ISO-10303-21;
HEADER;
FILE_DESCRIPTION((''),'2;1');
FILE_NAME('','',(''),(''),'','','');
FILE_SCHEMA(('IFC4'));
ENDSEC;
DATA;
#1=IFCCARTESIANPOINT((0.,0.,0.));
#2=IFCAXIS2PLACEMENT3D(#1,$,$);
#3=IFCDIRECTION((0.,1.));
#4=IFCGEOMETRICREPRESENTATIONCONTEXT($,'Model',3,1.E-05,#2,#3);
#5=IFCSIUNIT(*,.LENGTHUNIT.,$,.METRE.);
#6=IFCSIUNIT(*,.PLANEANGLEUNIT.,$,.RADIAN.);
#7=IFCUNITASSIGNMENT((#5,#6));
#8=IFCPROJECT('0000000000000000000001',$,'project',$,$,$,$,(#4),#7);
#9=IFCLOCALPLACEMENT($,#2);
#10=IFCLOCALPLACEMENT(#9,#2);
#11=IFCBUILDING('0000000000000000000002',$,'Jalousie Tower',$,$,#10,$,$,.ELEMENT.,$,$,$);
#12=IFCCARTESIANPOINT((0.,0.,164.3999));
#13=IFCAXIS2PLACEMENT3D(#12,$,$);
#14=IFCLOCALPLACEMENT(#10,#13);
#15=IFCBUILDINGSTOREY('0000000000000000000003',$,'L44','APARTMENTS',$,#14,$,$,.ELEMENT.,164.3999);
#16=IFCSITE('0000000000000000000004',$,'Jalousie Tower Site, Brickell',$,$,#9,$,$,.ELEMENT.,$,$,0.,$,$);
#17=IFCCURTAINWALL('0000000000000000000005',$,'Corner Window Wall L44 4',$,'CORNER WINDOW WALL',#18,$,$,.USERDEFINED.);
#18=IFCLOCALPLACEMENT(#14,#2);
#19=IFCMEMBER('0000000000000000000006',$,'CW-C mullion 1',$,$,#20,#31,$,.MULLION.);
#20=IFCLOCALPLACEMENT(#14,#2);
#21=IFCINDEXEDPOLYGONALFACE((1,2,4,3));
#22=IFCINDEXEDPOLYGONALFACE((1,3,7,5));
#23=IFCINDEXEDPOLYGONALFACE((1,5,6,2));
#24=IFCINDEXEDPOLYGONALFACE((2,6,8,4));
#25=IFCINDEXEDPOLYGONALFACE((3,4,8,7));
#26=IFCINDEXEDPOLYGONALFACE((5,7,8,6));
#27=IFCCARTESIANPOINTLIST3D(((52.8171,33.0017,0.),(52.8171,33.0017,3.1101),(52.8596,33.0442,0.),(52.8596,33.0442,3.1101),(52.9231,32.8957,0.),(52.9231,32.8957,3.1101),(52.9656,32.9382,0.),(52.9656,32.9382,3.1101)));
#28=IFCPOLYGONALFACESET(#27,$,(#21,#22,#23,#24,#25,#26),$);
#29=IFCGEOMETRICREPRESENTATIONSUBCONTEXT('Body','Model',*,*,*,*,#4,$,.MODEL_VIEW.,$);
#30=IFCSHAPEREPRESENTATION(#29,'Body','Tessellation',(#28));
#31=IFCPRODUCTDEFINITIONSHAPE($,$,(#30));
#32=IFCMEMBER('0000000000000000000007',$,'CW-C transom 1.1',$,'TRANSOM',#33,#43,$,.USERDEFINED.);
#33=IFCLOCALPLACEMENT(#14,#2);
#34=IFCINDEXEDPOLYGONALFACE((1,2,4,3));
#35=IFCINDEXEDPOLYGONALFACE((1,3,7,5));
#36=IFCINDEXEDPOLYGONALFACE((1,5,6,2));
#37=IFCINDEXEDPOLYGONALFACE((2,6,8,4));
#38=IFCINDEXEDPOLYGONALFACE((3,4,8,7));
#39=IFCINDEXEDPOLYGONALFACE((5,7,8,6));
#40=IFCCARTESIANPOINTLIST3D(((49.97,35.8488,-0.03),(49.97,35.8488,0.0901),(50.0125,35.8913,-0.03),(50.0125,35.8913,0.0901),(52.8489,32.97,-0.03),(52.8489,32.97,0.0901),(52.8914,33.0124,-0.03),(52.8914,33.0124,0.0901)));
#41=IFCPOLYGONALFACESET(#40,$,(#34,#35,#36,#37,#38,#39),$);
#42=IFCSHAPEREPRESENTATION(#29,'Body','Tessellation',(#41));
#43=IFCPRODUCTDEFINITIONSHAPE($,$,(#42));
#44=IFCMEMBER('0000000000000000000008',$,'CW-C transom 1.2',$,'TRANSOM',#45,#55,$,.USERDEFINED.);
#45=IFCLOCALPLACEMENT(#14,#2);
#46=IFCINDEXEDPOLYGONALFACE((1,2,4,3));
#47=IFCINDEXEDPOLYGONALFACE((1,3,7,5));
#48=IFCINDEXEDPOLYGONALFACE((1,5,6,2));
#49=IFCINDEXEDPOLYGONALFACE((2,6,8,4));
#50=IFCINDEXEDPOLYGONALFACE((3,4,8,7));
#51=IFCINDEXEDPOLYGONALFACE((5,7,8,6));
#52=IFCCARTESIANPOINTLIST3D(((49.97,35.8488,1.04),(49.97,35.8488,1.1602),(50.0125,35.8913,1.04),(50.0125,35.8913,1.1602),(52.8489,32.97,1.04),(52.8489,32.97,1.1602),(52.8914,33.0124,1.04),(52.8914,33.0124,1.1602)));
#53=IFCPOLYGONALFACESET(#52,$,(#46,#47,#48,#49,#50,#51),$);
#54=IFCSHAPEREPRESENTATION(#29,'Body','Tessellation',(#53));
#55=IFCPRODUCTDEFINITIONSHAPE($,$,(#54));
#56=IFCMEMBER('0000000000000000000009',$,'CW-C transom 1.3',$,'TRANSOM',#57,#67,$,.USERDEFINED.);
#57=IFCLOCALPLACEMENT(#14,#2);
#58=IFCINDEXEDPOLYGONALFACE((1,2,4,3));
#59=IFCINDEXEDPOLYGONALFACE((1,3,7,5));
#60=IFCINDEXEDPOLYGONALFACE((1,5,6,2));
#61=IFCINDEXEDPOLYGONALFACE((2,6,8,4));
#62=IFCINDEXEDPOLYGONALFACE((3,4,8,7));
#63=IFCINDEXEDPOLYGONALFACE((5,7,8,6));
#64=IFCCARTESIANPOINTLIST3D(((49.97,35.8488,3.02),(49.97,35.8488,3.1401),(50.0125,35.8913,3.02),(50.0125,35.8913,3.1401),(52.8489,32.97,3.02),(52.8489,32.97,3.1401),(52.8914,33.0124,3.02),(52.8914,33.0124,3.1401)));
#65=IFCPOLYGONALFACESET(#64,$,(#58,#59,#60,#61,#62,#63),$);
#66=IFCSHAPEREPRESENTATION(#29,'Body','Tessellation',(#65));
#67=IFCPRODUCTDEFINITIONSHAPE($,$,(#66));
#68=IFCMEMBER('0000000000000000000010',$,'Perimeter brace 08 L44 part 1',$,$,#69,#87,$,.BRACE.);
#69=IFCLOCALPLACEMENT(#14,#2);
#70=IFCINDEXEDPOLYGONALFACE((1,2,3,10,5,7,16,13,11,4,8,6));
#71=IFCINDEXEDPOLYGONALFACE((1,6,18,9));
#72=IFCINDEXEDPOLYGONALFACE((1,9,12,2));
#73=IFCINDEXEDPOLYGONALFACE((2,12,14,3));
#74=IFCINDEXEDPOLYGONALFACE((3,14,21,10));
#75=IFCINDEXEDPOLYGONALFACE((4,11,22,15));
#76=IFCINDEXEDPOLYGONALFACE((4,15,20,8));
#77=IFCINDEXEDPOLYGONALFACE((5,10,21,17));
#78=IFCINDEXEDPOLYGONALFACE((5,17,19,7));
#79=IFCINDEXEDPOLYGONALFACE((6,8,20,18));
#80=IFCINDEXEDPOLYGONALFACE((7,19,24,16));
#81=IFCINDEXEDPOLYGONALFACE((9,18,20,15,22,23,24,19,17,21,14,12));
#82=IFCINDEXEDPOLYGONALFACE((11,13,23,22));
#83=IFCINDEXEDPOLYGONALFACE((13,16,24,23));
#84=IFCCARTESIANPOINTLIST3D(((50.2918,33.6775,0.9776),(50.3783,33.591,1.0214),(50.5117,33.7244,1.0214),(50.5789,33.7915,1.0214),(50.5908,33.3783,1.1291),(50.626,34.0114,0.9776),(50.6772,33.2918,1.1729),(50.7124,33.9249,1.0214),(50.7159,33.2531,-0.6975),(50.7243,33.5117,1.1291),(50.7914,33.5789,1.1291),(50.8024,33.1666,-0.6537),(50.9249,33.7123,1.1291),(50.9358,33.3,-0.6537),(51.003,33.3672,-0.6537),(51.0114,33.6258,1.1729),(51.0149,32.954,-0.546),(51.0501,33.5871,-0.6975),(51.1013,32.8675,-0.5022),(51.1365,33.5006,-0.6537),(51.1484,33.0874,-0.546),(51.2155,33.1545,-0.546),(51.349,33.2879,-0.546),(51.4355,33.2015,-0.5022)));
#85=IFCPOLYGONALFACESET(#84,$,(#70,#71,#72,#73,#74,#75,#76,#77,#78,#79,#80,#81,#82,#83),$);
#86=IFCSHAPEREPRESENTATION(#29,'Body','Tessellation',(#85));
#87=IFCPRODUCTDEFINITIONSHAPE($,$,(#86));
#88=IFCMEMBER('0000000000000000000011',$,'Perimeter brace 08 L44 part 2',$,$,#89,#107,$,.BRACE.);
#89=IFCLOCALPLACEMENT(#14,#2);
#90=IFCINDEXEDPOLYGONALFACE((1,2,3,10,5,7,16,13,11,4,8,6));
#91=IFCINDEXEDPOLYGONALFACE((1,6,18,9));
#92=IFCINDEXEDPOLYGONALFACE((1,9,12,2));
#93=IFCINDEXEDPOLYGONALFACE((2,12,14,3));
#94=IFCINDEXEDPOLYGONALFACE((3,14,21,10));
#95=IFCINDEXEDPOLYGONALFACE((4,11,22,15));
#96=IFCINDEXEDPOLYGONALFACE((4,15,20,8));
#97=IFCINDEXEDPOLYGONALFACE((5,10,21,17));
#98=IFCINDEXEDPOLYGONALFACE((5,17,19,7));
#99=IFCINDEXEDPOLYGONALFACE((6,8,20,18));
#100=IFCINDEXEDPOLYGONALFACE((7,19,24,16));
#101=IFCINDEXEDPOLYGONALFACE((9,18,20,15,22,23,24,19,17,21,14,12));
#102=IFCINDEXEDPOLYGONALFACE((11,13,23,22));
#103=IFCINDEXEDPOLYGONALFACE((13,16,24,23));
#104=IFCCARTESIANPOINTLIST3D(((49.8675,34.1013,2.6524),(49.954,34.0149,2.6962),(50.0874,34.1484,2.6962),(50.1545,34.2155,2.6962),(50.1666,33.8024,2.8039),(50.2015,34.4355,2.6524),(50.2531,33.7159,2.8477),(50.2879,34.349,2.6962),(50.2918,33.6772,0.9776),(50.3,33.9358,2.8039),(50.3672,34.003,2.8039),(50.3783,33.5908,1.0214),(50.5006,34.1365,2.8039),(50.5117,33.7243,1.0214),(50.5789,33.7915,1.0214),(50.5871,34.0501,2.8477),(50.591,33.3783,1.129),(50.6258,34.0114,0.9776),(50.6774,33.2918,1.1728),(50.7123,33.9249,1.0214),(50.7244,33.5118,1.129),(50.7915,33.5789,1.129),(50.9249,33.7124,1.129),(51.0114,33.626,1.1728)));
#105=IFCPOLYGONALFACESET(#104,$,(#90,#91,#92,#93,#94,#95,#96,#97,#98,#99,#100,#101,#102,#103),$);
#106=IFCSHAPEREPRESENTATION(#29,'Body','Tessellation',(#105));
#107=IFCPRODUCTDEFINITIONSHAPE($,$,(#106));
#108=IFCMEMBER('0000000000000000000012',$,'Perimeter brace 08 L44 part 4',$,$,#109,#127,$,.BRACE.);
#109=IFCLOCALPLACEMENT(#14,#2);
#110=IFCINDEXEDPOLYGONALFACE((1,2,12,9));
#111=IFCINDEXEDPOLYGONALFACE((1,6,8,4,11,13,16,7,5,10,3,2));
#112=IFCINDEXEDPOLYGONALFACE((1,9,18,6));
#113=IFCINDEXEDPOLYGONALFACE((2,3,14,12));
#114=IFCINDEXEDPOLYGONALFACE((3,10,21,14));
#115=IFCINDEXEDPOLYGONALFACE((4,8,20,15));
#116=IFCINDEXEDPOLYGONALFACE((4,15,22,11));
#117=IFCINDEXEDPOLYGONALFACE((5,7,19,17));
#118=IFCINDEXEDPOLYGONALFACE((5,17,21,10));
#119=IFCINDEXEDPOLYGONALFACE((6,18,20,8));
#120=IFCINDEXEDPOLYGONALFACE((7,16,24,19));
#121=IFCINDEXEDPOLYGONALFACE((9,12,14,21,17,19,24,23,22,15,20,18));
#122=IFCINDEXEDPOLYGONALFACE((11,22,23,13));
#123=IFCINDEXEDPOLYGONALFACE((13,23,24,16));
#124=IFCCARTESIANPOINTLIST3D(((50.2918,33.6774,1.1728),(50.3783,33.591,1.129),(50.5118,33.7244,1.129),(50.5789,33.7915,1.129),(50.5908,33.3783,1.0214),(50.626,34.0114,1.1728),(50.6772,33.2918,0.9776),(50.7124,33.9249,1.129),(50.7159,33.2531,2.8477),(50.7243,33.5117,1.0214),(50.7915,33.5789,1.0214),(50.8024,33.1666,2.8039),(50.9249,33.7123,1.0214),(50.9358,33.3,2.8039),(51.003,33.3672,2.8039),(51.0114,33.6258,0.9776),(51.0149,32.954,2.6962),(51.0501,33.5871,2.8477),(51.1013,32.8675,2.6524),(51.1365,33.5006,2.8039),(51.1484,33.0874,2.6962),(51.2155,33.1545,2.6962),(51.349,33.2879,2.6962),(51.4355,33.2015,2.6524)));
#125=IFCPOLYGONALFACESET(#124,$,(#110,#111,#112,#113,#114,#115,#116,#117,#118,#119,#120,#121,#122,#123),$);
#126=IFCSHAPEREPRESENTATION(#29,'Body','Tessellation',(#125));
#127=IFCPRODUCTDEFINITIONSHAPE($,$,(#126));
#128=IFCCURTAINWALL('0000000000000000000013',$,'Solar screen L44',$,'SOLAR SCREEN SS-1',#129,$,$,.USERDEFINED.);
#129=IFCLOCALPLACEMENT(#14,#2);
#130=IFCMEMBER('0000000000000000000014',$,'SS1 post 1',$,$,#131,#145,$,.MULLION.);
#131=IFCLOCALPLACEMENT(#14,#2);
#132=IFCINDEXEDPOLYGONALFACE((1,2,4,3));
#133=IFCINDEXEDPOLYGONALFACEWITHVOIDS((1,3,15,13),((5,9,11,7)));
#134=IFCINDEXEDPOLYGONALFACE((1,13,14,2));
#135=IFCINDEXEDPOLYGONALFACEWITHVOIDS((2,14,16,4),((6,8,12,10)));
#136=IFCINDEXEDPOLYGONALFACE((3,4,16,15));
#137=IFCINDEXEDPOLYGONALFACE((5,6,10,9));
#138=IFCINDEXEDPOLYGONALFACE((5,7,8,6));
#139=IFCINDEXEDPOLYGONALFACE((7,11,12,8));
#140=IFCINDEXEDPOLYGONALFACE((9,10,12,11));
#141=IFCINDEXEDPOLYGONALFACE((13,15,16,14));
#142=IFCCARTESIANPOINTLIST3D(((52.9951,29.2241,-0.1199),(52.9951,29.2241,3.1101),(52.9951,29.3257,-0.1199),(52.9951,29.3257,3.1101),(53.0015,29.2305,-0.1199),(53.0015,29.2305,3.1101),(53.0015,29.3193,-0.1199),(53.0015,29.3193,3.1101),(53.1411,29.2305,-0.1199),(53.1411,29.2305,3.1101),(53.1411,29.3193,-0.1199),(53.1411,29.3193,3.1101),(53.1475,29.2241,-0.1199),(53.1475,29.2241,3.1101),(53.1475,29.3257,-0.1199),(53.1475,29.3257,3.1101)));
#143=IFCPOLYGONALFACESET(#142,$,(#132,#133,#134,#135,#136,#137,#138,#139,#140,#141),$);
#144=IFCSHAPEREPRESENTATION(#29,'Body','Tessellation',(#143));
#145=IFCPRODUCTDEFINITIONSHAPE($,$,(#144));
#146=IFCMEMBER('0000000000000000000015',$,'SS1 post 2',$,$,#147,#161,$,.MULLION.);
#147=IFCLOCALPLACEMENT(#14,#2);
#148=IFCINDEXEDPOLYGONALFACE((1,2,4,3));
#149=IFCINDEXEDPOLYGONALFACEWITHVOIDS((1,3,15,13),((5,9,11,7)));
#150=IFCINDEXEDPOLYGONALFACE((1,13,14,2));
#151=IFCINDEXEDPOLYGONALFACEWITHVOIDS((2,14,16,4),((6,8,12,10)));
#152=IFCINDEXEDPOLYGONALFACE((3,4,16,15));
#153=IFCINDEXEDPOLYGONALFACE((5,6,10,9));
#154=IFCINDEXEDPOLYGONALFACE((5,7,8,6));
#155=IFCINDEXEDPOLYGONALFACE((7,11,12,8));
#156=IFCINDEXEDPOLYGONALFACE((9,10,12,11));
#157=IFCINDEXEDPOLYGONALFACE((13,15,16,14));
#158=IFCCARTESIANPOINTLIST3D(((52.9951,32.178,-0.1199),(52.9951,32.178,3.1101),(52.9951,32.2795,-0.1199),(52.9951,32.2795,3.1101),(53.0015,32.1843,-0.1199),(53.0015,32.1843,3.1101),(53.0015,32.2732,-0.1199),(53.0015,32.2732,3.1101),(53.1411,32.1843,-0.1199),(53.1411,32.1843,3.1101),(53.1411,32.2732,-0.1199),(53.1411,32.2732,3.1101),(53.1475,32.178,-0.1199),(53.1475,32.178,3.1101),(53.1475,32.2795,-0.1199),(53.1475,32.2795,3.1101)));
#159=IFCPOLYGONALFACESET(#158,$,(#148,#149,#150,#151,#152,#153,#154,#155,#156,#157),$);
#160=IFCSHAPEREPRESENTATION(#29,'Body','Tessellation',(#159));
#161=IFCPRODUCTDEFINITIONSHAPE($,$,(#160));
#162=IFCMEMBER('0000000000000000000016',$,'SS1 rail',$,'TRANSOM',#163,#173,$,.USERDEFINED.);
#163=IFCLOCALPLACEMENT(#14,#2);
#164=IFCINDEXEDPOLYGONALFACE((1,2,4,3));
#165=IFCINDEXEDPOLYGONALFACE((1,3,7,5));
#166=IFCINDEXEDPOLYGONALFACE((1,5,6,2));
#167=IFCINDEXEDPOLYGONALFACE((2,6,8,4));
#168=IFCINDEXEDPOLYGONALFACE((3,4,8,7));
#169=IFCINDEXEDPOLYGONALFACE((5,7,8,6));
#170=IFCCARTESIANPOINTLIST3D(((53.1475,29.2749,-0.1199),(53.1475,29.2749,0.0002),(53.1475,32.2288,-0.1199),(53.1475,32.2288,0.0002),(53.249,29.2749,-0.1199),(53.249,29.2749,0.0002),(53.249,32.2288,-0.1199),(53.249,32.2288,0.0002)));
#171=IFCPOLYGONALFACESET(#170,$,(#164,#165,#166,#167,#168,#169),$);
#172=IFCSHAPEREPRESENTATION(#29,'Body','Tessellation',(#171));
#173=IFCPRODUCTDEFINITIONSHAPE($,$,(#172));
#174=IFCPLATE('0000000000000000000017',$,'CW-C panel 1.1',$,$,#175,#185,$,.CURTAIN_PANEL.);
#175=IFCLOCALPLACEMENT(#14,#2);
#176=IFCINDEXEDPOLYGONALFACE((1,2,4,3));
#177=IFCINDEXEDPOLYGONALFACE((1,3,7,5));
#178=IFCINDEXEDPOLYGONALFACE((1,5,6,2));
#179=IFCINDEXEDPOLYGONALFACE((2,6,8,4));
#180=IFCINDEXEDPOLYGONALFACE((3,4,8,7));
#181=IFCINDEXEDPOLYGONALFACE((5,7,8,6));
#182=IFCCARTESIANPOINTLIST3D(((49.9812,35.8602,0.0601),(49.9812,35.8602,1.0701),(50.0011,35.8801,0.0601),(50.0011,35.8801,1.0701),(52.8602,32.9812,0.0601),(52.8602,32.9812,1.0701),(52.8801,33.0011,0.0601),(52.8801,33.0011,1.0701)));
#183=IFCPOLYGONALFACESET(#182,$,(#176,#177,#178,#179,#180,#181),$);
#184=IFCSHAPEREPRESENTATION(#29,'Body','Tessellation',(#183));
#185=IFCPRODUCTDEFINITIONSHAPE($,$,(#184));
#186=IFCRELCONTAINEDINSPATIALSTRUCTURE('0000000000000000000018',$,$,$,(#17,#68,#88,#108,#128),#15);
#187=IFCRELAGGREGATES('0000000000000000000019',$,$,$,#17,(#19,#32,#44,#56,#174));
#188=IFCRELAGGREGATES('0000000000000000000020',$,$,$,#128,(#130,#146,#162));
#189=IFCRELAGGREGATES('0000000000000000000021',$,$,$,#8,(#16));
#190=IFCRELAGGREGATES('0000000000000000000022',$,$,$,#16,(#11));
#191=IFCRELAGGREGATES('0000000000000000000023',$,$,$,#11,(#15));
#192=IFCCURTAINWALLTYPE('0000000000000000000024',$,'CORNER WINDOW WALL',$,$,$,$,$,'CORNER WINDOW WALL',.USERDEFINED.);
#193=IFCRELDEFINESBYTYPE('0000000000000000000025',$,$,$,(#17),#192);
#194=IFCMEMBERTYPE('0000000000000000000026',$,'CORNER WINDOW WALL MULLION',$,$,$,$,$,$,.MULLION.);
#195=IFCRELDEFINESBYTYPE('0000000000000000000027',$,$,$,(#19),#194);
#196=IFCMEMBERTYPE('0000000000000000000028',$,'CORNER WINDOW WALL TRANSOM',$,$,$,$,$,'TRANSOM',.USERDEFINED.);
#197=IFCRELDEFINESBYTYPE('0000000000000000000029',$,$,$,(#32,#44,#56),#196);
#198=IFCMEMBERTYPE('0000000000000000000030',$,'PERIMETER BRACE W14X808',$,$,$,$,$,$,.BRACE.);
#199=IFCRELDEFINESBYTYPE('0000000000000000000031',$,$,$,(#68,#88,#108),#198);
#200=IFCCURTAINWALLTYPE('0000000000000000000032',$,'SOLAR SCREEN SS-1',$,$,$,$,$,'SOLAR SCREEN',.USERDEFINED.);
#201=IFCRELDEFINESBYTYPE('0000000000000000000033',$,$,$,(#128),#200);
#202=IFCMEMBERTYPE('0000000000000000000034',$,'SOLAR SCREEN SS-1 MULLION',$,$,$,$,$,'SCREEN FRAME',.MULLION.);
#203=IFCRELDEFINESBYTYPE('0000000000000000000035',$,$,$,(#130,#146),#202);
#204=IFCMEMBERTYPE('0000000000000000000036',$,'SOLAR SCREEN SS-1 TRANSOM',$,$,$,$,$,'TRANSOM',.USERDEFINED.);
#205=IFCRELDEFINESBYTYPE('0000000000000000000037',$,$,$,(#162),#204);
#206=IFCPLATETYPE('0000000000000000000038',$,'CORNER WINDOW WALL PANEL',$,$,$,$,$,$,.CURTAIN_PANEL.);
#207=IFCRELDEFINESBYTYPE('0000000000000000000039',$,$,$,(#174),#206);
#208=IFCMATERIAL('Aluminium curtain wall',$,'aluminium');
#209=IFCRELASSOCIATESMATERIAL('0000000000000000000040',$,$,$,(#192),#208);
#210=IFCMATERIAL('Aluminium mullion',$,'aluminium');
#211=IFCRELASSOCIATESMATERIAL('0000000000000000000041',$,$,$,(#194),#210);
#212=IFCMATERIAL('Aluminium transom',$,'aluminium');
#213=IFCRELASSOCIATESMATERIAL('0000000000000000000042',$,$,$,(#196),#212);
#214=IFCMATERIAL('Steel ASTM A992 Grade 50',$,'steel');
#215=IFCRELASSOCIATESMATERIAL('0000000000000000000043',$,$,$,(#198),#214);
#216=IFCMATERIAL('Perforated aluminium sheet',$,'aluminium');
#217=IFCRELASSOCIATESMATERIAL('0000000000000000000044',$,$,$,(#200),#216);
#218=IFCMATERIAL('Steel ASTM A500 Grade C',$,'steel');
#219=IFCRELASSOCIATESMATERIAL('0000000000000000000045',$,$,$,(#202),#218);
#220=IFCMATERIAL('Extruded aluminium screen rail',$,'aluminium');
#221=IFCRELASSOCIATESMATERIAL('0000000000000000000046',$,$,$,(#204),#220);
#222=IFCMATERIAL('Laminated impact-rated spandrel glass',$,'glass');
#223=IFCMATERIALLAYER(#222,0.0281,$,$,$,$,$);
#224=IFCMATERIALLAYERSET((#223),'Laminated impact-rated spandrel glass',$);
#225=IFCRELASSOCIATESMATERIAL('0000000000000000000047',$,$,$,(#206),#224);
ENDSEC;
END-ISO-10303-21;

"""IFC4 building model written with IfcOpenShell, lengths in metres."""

from ifc_helpers import new_model, si_unit, direction, frame, origin, origin_2d, place, context, subcontext, project, spatial, rectangle, hollow_rectangle, i_section, extrude, material, layer, layer_set, material_profile, profile_set, type_object, element, aggregate, save


model = new_model("IFC4")

# Units and contexts
model_context = context("Model", 3, precision=1e-05, world=origin(), true_north=direction((0.0, 1.0)))
body_context = subcontext(model_context, "Body", "Model", "MODEL_VIEW")
ifc_project = project(units=[si_unit("LENGTHUNIT", "METRE"), si_unit("PLANEANGLEUNIT", "RADIAN")], contexts=[model_context])

# Site, building, storey
site_placement = place(None, origin())
site = spatial("IfcSite", under=ifc_project, at=site_placement, Name="Jalousie Tower Site, Brickell", CompositionType="ELEMENT", RefElevation=0.0)
building_placement = place(site_placement, origin())
building = spatial("IfcBuilding", under=site, at=building_placement, Name="Jalousie Tower", CompositionType="ELEMENT")
storey_placement = place(building_placement, frame((0.0, 0.0, 164.3999)))
storey = spatial("IfcBuildingStorey", under=building, at=storey_placement, Name="L44", Description="APARTMENTS", CompositionType="ELEMENT", Elevation=164.3999)

# Curtain wall, members
ifc_material_1 = material(Name="Aluminium curtain wall", Category="aluminium")
curtain_wall_type_1 = type_object("IfcCurtainWallType", Name="CORNER WINDOW WALL", ElementType="CORNER WINDOW WALL", PredefinedType="USERDEFINED", material=ifc_material_1)
curtain_wall_1_placement = place(storey_placement, origin())
curtain_wall_1 = element("IfcCurtainWall", 1, at=curtain_wall_1_placement, inside=storey, type_object=curtain_wall_type_1, Name="Corner Window Wall L44 4", ObjectType="CORNER WINDOW WALL", PredefinedType="USERDEFINED")
ifc_material_2 = material(Name="Aluminium mullion", Category="aluminium")
ifc_material_profile_1 = material_profile(ifc_material_2, rectangle(XDim=0.0601, YDim=0.1499, at=origin_2d()), Name="MULLION 60x150")
ifc_profile_set_1 = profile_set([ifc_material_profile_1], Name="Aluminium mullion")
member_type_1 = type_object("IfcMemberType", Name="CORNER WINDOW WALL MULLION", PredefinedType="MULLION", material=ifc_profile_set_1)
member_1_placement = place(storey_placement, frame((52.8914, 32.97, 0.0), z_axis=(0.0, 0.0, 1.0), x_axis=(-0.707107, -0.707107, 0.0)))
member_1 = element("IfcMember", 2, at=member_1_placement, type_object=member_type_1, Name="CW-C mullion 1", PredefinedType="MULLION", context=body_context, shape_type="SweptSolid", body=[
    extrude(rectangle(XDim=0.0601, YDim=0.1499, at=origin_2d()), origin(), (0.0, 0.0, 1.0), 3.1101),
])
ifc_material_3 = material(Name="Aluminium transom", Category="aluminium")
ifc_material_profile_2 = material_profile(ifc_material_3, rectangle(XDim=0.0601, YDim=0.1201, at=origin_2d()), Name="TRANSOM 60x120")
ifc_profile_set_2 = profile_set([ifc_material_profile_2], Name="Aluminium transom")
member_type_2 = type_object("IfcMemberType", Name="CORNER WINDOW WALL TRANSOM", ElementType="TRANSOM", PredefinedType="USERDEFINED", material=ifc_profile_set_2)
member_2_placement = place(storey_placement, frame((52.8701, 32.9912, 0.03), z_axis=(-0.707107, 0.707107, 0.0), x_axis=(-0.707107, -0.707107, 0.0)))
member_2 = element("IfcMember", 3, at=member_2_placement, type_object=member_type_2, Name="CW-C transom 1.1", ObjectType="TRANSOM", PredefinedType="USERDEFINED", context=body_context, shape_type="SweptSolid", body=[
    extrude(rectangle(XDim=0.0601, YDim=0.1201, at=origin_2d()), origin(), (0.0, 0.0, 1.0), 4.0713),
])
member_3_placement = place(storey_placement, frame((52.8701, 32.9912, 1.1001), z_axis=(-0.707107, 0.707107, 0.0), x_axis=(-0.707107, -0.707107, 0.0)))
member_3 = element("IfcMember", 4, at=member_3_placement, type_object=member_type_2, Name="CW-C transom 1.2", ObjectType="TRANSOM", PredefinedType="USERDEFINED", context=body_context, shape_type="SweptSolid", body=[
    extrude(rectangle(XDim=0.0601, YDim=0.1201, at=origin_2d()), origin(), (0.0, 0.0, 1.0), 4.0713),
])
member_4_placement = place(storey_placement, frame((52.8701, 32.9912, 3.0801), z_axis=(-0.707107, 0.707107, 0.0), x_axis=(-0.707107, -0.707107, 0.0)))
member_4 = element("IfcMember", 5, at=member_4_placement, type_object=member_type_2, Name="CW-C transom 1.3", ObjectType="TRANSOM", PredefinedType="USERDEFINED", context=body_context, shape_type="SweptSolid", body=[
    extrude(rectangle(XDim=0.0601, YDim=0.1201, at=origin_2d()), origin(), (0.0, 0.0, 1.0), 4.0713),
])

# Members
ifc_material_4 = material(Name="Steel ASTM A992 Grade 50", Category="steel")
ifc_material_profile_3 = material_profile(ifc_material_4, i_section(OverallWidth=0.4724, OverallDepth=0.5791, WebThickness=0.095, FlangeThickness=0.1299, at=origin_2d()), Name="W14X808")
ifc_profile_set_3 = profile_set([ifc_material_profile_3], Name="Steel ASTM A992 Grade 50")
member_type_3 = type_object("IfcMemberType", Name="PERIMETER BRACE W14X808", PredefinedType="BRACE", material=ifc_profile_set_3)
member_5_placement = place(storey_placement, frame((51.0757, 33.2273, -0.5999), z_axis=(-0.238346, 0.238483, 0.941444), x_axis=(-0.70731, -0.706903, 0.0)))
element("IfcMember", 6, at=member_5_placement, inside=storey, type_object=member_type_3, Name="Perimeter brace 08 L44 part 1", PredefinedType="BRACE", context=body_context, shape_type="SweptSolid", body=[
    extrude(i_section(OverallWidth=0.4724, OverallDepth=0.5791, WebThickness=0.095, FlangeThickness=0.1299, at=origin_2d()), origin(), (0.0, 0.0, 1.0), 1.7793),
])
for number, where, z_axis, x_axis, name in (
    (7, (50.6516, 33.6516, 1.0752), (-0.238514, 0.238376, 0.941429), (-0.706903, -0.70731, 0.0), "Perimeter brace 08 L44 part 2"),
    (8, (50.6516, 33.6516, 1.0752), (0.238376, -0.238514, 0.941429), (0.70731, 0.706903, 0.0), "Perimeter brace 08 L44 part 4"),
):
    element("IfcMember", number, at=place(storey_placement, frame(where, z_axis=z_axis, x_axis=x_axis)), inside=storey, type_object=member_type_3, Name=name, PredefinedType="BRACE", context=body_context, shape_type="SweptSolid", body=[
        extrude(i_section(OverallWidth=0.4724, OverallDepth=0.5791, WebThickness=0.095, FlangeThickness=0.1299, at=origin_2d()), origin(), (0.0, 0.0, 1.0), 1.7791),
    ])

# Curtain wall, members
ifc_material_5 = material(Name="Perforated aluminium sheet", Category="aluminium")
curtain_wall_type_2 = type_object("IfcCurtainWallType", Name="SOLAR SCREEN SS-1", ElementType="SOLAR SCREEN", PredefinedType="USERDEFINED", material=ifc_material_5)
curtain_wall_2_placement = place(storey_placement, origin())
curtain_wall_2 = element("IfcCurtainWall", 9, at=curtain_wall_2_placement, inside=storey, type_object=curtain_wall_type_2, Name="Solar screen L44", ObjectType="SOLAR SCREEN SS-1", PredefinedType="USERDEFINED")
ifc_material_6 = material(Name="Steel ASTM A500 Grade C", Category="steel")
ifc_material_profile_4 = material_profile(ifc_material_6, hollow_rectangle(XDim=0.1016, YDim=0.1523, WallThickness=0.0063, at=origin_2d()), Name="HSS6X4X1/4")
ifc_profile_set_4 = profile_set([ifc_material_profile_4], Name="Steel ASTM A500 Grade C")
member_type_4 = type_object("IfcMemberType", Name="SOLAR SCREEN SS-1 MULLION", ElementType="SCREEN FRAME", PredefinedType="MULLION", material=ifc_profile_set_4)
member_6_placement = place(storey_placement, frame((53.0713, 29.2749, -0.1199), z_axis=(0.0, 0.0, 1.0), x_axis=(0.0, 1.0, 0.0)))
member_6 = element("IfcMember", 10, at=member_6_placement, type_object=member_type_4, Name="SS1 post 1", PredefinedType="MULLION", context=body_context, shape_type="SweptSolid", body=[
    extrude(hollow_rectangle(XDim=0.1016, YDim=0.1523, WallThickness=0.0063, at=origin_2d()), origin(), (0.0, 0.0, 1.0), 3.23),
])
member_7_placement = place(storey_placement, frame((53.0713, 32.2288, -0.1199), z_axis=(0.0, 0.0, 1.0), x_axis=(0.0, 1.0, 0.0)))
member_7 = element("IfcMember", 11, at=member_7_placement, type_object=member_type_4, Name="SS1 post 2", PredefinedType="MULLION", context=body_context, shape_type="SweptSolid", body=[
    extrude(hollow_rectangle(XDim=0.1016, YDim=0.1523, WallThickness=0.0063, at=origin_2d()), origin(), (0.0, 0.0, 1.0), 3.23),
])
ifc_material_7 = material(Name="Extruded aluminium screen rail", Category="aluminium")
ifc_material_profile_5 = material_profile(ifc_material_7, rectangle(XDim=0.1016, YDim=0.1201, at=origin_2d()), Name="RAIL 102x120")
ifc_profile_set_5 = profile_set([ifc_material_profile_5], Name="Extruded aluminium screen rail")
member_type_5 = type_object("IfcMemberType", Name="SOLAR SCREEN SS-1 TRANSOM", ElementType="TRANSOM", PredefinedType="USERDEFINED", material=ifc_profile_set_5)
member_8_placement = place(storey_placement, frame((53.1982, 29.2749, -0.0598), z_axis=(0.0, 1.0, 0.0), x_axis=(-1.0, 0.0, 0.0)))
member_8 = element("IfcMember", 12, at=member_8_placement, type_object=member_type_5, Name="SS1 rail", ObjectType="TRANSOM", PredefinedType="USERDEFINED", context=body_context, shape_type="SweptSolid", body=[
    extrude(rectangle(XDim=0.1016, YDim=0.1201, at=origin_2d()), origin(), (0.0, 0.0, 1.0), 2.9539),
])

# Plate
ifc_material_8 = material(Name="Laminated impact-rated spandrel glass", Category="glass")
ifc_layer_1 = layer(ifc_material_8, 0.0281)
ifc_layer_set_1 = layer_set([ifc_layer_1], Name="Laminated impact-rated spandrel glass")
plate_type_1 = type_object("IfcPlateType", Name="CORNER WINDOW WALL PANEL", PredefinedType="CURTAIN_PANEL", material=ifc_layer_set_1)
plate_1_placement = place(storey_placement, frame((51.4307, 34.4307, 0.0601), z_axis=(0.0, 0.0, 1.0), x_axis=(-0.707107, 0.707107, 0.0)))
plate_1 = element("IfcPlate", 13, at=plate_1_placement, type_object=plate_type_1, Name="CW-C panel 1.1", PredefinedType="CURTAIN_PANEL", context=body_context, shape_type="SweptSolid", body=[
    extrude(rectangle(XDim=4.0715, YDim=0.0281, at=origin_2d()), origin(), (0.0, 0.0, 1.0), 1.01),
])
aggregate(curtain_wall_1, [member_1, member_2, member_3, member_4, plate_1])
aggregate(curtain_wall_2, [member_6, member_7, member_8])

save(model, "model.ifc")
